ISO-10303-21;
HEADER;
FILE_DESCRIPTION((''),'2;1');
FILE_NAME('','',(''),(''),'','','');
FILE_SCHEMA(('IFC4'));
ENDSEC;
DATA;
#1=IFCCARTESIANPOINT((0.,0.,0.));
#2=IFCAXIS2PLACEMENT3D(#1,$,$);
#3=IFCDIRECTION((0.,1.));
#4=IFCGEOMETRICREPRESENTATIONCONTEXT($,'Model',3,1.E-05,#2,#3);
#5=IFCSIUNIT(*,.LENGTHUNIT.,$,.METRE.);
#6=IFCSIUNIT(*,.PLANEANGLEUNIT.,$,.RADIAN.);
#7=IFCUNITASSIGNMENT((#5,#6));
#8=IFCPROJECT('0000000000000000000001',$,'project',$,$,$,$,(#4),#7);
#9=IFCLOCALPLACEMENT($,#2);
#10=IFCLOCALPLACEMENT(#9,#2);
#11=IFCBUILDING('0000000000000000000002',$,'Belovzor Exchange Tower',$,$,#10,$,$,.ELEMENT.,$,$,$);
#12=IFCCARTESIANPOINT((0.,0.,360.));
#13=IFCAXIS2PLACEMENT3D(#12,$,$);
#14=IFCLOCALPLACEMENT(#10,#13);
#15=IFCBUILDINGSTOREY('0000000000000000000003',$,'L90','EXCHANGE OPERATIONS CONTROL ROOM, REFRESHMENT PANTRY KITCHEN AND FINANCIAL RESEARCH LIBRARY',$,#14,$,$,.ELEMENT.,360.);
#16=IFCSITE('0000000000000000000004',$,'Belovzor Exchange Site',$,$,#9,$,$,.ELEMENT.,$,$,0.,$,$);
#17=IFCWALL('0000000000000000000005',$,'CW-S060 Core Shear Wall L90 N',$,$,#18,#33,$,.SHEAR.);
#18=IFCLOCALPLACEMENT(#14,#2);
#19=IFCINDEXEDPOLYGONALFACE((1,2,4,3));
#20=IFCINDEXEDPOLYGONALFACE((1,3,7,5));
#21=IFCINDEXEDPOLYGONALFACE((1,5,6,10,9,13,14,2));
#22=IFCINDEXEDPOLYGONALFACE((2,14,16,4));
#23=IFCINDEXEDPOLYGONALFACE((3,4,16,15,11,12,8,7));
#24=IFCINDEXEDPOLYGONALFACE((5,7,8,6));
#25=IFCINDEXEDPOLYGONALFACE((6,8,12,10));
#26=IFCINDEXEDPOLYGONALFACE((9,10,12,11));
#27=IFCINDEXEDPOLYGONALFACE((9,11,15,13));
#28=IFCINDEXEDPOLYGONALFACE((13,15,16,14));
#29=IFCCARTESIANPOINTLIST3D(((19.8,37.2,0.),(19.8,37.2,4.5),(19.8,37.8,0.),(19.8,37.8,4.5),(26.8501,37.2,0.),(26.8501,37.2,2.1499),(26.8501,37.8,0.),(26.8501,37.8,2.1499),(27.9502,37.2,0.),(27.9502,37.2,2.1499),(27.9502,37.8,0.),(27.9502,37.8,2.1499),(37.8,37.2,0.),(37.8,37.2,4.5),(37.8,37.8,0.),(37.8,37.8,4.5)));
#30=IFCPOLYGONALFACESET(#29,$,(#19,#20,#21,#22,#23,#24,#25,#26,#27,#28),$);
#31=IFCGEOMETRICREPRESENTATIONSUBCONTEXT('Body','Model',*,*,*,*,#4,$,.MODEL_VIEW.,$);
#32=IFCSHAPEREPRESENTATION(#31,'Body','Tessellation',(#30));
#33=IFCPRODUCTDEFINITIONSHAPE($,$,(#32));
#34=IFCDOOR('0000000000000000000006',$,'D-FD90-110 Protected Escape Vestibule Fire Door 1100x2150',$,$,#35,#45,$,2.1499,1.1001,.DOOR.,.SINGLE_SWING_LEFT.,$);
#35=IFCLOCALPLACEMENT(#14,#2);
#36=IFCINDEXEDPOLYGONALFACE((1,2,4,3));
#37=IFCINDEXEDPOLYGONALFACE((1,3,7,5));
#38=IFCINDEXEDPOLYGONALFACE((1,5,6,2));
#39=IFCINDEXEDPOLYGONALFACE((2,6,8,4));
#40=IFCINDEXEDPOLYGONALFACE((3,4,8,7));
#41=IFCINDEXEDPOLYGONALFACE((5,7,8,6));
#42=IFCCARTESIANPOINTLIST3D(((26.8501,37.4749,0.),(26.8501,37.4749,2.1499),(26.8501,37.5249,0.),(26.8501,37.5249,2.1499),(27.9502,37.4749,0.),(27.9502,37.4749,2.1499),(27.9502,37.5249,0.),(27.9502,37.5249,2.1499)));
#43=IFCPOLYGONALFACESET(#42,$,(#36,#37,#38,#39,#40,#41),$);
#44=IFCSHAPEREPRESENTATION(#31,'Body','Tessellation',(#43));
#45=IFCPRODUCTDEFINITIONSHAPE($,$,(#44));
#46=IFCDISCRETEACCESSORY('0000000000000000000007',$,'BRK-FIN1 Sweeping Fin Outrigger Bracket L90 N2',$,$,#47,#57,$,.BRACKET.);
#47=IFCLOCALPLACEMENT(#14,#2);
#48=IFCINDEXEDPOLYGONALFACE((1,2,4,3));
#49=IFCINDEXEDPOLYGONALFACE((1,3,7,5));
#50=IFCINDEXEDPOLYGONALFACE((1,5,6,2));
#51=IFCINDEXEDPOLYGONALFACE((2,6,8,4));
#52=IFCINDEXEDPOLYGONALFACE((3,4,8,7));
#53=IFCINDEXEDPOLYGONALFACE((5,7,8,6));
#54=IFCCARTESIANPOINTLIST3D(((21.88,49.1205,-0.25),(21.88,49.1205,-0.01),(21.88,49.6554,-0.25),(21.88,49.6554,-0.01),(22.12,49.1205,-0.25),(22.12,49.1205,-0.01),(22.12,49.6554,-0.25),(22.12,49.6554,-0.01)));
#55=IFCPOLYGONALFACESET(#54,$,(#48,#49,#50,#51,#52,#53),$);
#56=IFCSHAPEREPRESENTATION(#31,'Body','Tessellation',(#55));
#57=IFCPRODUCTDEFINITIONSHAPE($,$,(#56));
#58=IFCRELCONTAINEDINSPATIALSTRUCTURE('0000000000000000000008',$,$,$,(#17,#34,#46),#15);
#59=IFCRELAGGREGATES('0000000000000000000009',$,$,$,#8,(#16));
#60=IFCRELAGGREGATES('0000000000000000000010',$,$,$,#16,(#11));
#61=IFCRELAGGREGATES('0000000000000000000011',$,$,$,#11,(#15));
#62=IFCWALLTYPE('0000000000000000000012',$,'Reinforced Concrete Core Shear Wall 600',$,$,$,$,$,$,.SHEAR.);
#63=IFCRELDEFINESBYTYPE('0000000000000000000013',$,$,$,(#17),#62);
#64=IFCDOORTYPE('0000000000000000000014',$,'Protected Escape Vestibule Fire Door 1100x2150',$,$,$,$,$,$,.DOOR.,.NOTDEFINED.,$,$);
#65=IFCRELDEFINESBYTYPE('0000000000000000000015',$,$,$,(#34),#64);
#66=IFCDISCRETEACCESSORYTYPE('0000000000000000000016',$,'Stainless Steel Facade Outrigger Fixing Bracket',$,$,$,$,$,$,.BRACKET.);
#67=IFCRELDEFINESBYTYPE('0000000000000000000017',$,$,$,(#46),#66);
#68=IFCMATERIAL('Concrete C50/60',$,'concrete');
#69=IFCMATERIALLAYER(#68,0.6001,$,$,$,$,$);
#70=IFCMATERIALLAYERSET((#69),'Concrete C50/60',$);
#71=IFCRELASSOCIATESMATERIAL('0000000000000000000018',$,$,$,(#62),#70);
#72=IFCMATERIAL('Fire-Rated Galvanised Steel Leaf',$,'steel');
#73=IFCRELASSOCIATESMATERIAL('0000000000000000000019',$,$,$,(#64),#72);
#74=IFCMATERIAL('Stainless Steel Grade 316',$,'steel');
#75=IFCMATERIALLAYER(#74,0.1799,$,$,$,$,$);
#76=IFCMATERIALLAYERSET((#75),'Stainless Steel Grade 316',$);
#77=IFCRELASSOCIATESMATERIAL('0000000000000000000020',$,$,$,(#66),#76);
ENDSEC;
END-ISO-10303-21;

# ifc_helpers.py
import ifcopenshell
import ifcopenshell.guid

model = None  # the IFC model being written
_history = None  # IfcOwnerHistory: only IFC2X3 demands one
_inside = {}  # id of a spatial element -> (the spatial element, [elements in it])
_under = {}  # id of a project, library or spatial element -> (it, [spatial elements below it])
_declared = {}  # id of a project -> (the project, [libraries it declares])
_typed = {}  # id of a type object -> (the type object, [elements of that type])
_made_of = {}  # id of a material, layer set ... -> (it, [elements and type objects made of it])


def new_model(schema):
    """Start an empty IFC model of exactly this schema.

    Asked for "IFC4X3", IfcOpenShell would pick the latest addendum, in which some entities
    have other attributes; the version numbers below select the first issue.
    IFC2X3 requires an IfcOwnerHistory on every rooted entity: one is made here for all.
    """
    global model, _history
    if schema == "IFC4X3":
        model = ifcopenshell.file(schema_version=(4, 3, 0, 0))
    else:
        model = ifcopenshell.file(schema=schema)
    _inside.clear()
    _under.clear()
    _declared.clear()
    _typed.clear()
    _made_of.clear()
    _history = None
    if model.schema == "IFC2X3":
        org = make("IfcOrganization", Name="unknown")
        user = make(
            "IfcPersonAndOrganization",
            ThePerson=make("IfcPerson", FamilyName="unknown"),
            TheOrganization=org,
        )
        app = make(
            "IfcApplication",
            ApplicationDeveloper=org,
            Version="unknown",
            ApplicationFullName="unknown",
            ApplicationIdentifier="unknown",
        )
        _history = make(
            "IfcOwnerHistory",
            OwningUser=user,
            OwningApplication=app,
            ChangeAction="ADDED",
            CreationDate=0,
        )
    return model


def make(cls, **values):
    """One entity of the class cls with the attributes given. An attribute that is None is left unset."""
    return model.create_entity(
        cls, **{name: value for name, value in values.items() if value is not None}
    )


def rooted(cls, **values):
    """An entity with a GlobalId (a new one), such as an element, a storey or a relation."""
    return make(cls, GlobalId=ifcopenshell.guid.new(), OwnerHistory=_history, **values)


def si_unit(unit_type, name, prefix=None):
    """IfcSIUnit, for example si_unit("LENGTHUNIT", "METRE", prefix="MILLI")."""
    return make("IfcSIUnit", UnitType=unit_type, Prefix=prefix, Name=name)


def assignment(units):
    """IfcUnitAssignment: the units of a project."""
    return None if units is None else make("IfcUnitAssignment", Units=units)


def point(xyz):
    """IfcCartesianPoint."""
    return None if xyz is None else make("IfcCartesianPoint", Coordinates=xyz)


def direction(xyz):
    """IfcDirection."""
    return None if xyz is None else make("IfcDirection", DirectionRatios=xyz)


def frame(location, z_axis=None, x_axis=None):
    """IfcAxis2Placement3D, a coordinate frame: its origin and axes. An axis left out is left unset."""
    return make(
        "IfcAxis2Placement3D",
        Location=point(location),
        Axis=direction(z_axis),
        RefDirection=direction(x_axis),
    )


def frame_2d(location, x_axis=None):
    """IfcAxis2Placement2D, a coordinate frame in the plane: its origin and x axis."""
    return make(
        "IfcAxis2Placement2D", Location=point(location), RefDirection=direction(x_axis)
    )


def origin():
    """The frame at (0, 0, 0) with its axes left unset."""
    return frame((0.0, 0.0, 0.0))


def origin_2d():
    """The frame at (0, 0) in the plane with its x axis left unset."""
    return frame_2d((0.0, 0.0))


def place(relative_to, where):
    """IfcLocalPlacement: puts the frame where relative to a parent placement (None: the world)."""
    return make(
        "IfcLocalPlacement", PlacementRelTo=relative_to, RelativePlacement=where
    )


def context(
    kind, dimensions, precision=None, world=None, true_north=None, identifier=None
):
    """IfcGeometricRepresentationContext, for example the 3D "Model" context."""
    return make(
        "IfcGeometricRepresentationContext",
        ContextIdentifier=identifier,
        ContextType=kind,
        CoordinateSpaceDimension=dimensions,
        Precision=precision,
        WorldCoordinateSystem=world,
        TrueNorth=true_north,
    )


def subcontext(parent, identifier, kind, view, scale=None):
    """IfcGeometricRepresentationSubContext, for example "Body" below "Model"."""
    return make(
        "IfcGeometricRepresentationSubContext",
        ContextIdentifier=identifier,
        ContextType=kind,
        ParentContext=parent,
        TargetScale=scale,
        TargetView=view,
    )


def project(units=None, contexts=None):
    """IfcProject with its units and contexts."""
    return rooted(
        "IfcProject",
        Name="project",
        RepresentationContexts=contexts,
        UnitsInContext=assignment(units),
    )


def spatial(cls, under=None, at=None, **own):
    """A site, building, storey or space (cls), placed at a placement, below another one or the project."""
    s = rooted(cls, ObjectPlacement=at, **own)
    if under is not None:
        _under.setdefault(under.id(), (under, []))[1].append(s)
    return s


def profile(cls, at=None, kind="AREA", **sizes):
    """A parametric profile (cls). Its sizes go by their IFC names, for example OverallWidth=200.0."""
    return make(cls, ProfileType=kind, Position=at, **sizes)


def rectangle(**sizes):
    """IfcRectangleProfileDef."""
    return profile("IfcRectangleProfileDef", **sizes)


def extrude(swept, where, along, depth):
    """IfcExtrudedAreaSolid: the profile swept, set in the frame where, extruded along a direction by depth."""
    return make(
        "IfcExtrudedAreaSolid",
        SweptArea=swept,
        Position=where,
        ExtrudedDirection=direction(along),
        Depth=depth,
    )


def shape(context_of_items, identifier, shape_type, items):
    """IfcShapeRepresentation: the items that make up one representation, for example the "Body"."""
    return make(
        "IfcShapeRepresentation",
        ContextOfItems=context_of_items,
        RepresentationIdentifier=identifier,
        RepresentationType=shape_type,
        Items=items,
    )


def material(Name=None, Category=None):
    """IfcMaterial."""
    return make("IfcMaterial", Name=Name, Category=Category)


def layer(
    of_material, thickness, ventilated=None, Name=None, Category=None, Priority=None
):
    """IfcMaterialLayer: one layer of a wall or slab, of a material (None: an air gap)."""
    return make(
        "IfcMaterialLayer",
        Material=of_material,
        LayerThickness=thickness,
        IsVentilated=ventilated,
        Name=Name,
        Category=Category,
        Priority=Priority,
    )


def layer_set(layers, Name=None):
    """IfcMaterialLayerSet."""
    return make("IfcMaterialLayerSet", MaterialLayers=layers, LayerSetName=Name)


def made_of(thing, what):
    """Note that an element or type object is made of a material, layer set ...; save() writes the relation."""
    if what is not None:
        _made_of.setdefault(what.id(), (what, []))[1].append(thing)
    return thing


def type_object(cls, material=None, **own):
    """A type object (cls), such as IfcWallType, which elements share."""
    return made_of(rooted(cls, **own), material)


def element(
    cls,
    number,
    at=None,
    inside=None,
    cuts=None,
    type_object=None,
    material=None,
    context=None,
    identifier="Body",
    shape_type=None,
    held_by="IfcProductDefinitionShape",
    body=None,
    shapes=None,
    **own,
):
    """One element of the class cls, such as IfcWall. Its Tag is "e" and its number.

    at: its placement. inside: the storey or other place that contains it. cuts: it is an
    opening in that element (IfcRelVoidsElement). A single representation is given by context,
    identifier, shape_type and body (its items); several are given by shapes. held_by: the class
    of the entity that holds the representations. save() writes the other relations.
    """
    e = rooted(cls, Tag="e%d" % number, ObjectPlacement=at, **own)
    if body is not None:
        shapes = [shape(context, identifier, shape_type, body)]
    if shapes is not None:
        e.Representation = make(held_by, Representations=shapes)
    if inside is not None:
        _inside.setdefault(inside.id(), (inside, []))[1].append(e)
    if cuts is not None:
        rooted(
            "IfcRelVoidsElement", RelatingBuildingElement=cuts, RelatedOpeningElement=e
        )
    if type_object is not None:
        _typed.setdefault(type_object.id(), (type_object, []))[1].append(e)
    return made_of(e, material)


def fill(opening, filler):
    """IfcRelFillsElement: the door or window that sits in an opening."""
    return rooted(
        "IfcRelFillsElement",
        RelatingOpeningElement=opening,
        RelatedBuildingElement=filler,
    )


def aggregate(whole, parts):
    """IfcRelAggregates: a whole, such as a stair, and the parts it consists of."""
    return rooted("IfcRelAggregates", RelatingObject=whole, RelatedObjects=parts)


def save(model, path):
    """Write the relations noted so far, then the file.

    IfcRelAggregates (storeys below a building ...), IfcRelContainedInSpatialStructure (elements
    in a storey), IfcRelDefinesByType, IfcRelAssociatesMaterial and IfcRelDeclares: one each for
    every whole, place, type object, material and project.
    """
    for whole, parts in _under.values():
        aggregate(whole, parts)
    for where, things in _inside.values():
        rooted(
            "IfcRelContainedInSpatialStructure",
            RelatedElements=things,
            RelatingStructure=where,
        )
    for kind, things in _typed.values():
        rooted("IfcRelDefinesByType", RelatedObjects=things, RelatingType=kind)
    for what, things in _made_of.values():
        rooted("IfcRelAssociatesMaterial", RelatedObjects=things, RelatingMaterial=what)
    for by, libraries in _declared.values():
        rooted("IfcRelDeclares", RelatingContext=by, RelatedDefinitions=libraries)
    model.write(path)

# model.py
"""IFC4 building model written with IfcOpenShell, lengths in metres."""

from ifc_helpers import new_model, si_unit, direction, frame, frame_2d, origin, origin_2d, place, context, subcontext, project, spatial, rectangle, extrude, material, layer, layer_set, type_object, element, fill, save


model = new_model("IFC4")

# Units and contexts
model_context = context("Model", 3, precision=1e-05, world=origin(), true_north=direction((0.0, 1.0)))
body_context = subcontext(model_context, "Body", "Model", "MODEL_VIEW")
ifc_project = project(units=[si_unit("LENGTHUNIT", "METRE"), si_unit("PLANEANGLEUNIT", "RADIAN")], contexts=[model_context])

# Site, building, storey
site_placement = place(None, origin())
site = spatial("IfcSite", under=ifc_project, at=site_placement, Name="Belovzor Exchange Site", CompositionType="ELEMENT", RefElevation=0.0)
building_placement = place(site_placement, origin())
building = spatial("IfcBuilding", under=site, at=building_placement, Name="Belovzor Exchange Tower", CompositionType="ELEMENT")
storey_placement = place(building_placement, frame((0.0, 0.0, 360.0)))
storey = spatial("IfcBuildingStorey", under=building, at=storey_placement, Name="L90", Description="EXCHANGE OPERATIONS CONTROL ROOM, REFRESHMENT PANTRY KITCHEN AND FINANCIAL RESEARCH LIBRARY", CompositionType="ELEMENT", Elevation=360.0)

# Wall, opening, door
ifc_material_1 = material(Name="Concrete C50/60", Category="concrete")
ifc_layer_1 = layer(ifc_material_1, 0.6001)
ifc_layer_set_1 = layer_set([ifc_layer_1], Name="Concrete C50/60")
wall_type_1 = type_object("IfcWallType", Name="Reinforced Concrete Core Shear Wall 600", PredefinedType="SHEAR", material=ifc_layer_set_1)
wall_1_placement = place(storey_placement, frame((19.8, 37.5, 0.0), z_axis=(0.0, 0.0, 1.0), x_axis=(1.0, 0.0, 0.0)))
wall_1 = element("IfcWall", 1, at=wall_1_placement, inside=storey, type_object=wall_type_1, Name="CW-S060 Core Shear Wall L90 N", PredefinedType="SHEAR", context=body_context, shape_type="SweptSolid", body=[
    extrude(rectangle(XDim=18.0, YDim=0.6001, at=frame_2d((9.0, 0.0))), origin(), (0.0, 0.0, 1.0), 4.5),
])
opening_1_placement = place(wall_1_placement, frame((7.05, 0.0, 0.0)))
opening_1 = element("IfcOpeningElement", 2, at=opening_1_placement, cuts=wall_1, PredefinedType="OPENING", context=body_context, shape_type="SweptSolid", body=[
    extrude(rectangle(XDim=1.1001, YDim=2.1499, at=frame_2d((0.55, 1.075))), frame((0.0, 0.3101, 0.0), z_axis=(0.0, -1.0, 0.0), x_axis=(1.0, 0.0, 0.0)), (0.0, 0.0, 1.0), 0.6201),
])
ifc_material_2 = material(Name="Fire-Rated Galvanised Steel Leaf", Category="steel")
door_type_1 = type_object("IfcDoorType", Name="Protected Escape Vestibule Fire Door 1100x2150", OperationType="NOTDEFINED", PredefinedType="DOOR", material=ifc_material_2)
door_1_placement = place(opening_1_placement, origin())
door_1 = element("IfcDoor", 3, at=door_1_placement, inside=storey, type_object=door_type_1, Name="D-FD90-110 Protected Escape Vestibule Fire Door 1100x2150", OperationType="SINGLE_SWING_LEFT", OverallHeight=2.1499, OverallWidth=1.1001, PredefinedType="DOOR", context=body_context, shape_type="SweptSolid", body=[
    extrude(rectangle(XDim=1.1001, YDim=2.1499, at=frame_2d((0.55, 1.075))), frame((0.0, 0.0249, 0.0), z_axis=(0.0, -1.0, 0.0), x_axis=(1.0, 0.0, 0.0)), (0.0, 0.0, 1.0), 0.05),
])
fill(opening_1, door_1)

# Discrete accessory
ifc_material_3 = material(Name="Stainless Steel Grade 316", Category="steel")
ifc_layer_2 = layer(ifc_material_3, 0.1799)
ifc_layer_set_2 = layer_set([ifc_layer_2], Name="Stainless Steel Grade 316")
discrete_accessory_type = type_object("IfcDiscreteAccessoryType", Name="Stainless Steel Facade Outrigger Fixing Bracket", PredefinedType="BRACKET", material=ifc_layer_set_2)
discrete_accessory_placement = place(storey_placement, frame((22.0, 49.3879, -0.25), z_axis=(0.0, 0.0, 1.0), x_axis=(0.0, 1.0, 0.0)))
element("IfcDiscreteAccessory", 4, at=discrete_accessory_placement, inside=storey, type_object=discrete_accessory_type, Name="BRK-FIN1 Sweeping Fin Outrigger Bracket L90 N2", PredefinedType="BRACKET", context=body_context, shape_type="SweptSolid", body=[
    extrude(rectangle(XDim=0.5349, YDim=0.24, at=origin_2d()), origin(), (0.0, 0.0, 1.0), 0.24),
])

save(model, "model.ifc")
